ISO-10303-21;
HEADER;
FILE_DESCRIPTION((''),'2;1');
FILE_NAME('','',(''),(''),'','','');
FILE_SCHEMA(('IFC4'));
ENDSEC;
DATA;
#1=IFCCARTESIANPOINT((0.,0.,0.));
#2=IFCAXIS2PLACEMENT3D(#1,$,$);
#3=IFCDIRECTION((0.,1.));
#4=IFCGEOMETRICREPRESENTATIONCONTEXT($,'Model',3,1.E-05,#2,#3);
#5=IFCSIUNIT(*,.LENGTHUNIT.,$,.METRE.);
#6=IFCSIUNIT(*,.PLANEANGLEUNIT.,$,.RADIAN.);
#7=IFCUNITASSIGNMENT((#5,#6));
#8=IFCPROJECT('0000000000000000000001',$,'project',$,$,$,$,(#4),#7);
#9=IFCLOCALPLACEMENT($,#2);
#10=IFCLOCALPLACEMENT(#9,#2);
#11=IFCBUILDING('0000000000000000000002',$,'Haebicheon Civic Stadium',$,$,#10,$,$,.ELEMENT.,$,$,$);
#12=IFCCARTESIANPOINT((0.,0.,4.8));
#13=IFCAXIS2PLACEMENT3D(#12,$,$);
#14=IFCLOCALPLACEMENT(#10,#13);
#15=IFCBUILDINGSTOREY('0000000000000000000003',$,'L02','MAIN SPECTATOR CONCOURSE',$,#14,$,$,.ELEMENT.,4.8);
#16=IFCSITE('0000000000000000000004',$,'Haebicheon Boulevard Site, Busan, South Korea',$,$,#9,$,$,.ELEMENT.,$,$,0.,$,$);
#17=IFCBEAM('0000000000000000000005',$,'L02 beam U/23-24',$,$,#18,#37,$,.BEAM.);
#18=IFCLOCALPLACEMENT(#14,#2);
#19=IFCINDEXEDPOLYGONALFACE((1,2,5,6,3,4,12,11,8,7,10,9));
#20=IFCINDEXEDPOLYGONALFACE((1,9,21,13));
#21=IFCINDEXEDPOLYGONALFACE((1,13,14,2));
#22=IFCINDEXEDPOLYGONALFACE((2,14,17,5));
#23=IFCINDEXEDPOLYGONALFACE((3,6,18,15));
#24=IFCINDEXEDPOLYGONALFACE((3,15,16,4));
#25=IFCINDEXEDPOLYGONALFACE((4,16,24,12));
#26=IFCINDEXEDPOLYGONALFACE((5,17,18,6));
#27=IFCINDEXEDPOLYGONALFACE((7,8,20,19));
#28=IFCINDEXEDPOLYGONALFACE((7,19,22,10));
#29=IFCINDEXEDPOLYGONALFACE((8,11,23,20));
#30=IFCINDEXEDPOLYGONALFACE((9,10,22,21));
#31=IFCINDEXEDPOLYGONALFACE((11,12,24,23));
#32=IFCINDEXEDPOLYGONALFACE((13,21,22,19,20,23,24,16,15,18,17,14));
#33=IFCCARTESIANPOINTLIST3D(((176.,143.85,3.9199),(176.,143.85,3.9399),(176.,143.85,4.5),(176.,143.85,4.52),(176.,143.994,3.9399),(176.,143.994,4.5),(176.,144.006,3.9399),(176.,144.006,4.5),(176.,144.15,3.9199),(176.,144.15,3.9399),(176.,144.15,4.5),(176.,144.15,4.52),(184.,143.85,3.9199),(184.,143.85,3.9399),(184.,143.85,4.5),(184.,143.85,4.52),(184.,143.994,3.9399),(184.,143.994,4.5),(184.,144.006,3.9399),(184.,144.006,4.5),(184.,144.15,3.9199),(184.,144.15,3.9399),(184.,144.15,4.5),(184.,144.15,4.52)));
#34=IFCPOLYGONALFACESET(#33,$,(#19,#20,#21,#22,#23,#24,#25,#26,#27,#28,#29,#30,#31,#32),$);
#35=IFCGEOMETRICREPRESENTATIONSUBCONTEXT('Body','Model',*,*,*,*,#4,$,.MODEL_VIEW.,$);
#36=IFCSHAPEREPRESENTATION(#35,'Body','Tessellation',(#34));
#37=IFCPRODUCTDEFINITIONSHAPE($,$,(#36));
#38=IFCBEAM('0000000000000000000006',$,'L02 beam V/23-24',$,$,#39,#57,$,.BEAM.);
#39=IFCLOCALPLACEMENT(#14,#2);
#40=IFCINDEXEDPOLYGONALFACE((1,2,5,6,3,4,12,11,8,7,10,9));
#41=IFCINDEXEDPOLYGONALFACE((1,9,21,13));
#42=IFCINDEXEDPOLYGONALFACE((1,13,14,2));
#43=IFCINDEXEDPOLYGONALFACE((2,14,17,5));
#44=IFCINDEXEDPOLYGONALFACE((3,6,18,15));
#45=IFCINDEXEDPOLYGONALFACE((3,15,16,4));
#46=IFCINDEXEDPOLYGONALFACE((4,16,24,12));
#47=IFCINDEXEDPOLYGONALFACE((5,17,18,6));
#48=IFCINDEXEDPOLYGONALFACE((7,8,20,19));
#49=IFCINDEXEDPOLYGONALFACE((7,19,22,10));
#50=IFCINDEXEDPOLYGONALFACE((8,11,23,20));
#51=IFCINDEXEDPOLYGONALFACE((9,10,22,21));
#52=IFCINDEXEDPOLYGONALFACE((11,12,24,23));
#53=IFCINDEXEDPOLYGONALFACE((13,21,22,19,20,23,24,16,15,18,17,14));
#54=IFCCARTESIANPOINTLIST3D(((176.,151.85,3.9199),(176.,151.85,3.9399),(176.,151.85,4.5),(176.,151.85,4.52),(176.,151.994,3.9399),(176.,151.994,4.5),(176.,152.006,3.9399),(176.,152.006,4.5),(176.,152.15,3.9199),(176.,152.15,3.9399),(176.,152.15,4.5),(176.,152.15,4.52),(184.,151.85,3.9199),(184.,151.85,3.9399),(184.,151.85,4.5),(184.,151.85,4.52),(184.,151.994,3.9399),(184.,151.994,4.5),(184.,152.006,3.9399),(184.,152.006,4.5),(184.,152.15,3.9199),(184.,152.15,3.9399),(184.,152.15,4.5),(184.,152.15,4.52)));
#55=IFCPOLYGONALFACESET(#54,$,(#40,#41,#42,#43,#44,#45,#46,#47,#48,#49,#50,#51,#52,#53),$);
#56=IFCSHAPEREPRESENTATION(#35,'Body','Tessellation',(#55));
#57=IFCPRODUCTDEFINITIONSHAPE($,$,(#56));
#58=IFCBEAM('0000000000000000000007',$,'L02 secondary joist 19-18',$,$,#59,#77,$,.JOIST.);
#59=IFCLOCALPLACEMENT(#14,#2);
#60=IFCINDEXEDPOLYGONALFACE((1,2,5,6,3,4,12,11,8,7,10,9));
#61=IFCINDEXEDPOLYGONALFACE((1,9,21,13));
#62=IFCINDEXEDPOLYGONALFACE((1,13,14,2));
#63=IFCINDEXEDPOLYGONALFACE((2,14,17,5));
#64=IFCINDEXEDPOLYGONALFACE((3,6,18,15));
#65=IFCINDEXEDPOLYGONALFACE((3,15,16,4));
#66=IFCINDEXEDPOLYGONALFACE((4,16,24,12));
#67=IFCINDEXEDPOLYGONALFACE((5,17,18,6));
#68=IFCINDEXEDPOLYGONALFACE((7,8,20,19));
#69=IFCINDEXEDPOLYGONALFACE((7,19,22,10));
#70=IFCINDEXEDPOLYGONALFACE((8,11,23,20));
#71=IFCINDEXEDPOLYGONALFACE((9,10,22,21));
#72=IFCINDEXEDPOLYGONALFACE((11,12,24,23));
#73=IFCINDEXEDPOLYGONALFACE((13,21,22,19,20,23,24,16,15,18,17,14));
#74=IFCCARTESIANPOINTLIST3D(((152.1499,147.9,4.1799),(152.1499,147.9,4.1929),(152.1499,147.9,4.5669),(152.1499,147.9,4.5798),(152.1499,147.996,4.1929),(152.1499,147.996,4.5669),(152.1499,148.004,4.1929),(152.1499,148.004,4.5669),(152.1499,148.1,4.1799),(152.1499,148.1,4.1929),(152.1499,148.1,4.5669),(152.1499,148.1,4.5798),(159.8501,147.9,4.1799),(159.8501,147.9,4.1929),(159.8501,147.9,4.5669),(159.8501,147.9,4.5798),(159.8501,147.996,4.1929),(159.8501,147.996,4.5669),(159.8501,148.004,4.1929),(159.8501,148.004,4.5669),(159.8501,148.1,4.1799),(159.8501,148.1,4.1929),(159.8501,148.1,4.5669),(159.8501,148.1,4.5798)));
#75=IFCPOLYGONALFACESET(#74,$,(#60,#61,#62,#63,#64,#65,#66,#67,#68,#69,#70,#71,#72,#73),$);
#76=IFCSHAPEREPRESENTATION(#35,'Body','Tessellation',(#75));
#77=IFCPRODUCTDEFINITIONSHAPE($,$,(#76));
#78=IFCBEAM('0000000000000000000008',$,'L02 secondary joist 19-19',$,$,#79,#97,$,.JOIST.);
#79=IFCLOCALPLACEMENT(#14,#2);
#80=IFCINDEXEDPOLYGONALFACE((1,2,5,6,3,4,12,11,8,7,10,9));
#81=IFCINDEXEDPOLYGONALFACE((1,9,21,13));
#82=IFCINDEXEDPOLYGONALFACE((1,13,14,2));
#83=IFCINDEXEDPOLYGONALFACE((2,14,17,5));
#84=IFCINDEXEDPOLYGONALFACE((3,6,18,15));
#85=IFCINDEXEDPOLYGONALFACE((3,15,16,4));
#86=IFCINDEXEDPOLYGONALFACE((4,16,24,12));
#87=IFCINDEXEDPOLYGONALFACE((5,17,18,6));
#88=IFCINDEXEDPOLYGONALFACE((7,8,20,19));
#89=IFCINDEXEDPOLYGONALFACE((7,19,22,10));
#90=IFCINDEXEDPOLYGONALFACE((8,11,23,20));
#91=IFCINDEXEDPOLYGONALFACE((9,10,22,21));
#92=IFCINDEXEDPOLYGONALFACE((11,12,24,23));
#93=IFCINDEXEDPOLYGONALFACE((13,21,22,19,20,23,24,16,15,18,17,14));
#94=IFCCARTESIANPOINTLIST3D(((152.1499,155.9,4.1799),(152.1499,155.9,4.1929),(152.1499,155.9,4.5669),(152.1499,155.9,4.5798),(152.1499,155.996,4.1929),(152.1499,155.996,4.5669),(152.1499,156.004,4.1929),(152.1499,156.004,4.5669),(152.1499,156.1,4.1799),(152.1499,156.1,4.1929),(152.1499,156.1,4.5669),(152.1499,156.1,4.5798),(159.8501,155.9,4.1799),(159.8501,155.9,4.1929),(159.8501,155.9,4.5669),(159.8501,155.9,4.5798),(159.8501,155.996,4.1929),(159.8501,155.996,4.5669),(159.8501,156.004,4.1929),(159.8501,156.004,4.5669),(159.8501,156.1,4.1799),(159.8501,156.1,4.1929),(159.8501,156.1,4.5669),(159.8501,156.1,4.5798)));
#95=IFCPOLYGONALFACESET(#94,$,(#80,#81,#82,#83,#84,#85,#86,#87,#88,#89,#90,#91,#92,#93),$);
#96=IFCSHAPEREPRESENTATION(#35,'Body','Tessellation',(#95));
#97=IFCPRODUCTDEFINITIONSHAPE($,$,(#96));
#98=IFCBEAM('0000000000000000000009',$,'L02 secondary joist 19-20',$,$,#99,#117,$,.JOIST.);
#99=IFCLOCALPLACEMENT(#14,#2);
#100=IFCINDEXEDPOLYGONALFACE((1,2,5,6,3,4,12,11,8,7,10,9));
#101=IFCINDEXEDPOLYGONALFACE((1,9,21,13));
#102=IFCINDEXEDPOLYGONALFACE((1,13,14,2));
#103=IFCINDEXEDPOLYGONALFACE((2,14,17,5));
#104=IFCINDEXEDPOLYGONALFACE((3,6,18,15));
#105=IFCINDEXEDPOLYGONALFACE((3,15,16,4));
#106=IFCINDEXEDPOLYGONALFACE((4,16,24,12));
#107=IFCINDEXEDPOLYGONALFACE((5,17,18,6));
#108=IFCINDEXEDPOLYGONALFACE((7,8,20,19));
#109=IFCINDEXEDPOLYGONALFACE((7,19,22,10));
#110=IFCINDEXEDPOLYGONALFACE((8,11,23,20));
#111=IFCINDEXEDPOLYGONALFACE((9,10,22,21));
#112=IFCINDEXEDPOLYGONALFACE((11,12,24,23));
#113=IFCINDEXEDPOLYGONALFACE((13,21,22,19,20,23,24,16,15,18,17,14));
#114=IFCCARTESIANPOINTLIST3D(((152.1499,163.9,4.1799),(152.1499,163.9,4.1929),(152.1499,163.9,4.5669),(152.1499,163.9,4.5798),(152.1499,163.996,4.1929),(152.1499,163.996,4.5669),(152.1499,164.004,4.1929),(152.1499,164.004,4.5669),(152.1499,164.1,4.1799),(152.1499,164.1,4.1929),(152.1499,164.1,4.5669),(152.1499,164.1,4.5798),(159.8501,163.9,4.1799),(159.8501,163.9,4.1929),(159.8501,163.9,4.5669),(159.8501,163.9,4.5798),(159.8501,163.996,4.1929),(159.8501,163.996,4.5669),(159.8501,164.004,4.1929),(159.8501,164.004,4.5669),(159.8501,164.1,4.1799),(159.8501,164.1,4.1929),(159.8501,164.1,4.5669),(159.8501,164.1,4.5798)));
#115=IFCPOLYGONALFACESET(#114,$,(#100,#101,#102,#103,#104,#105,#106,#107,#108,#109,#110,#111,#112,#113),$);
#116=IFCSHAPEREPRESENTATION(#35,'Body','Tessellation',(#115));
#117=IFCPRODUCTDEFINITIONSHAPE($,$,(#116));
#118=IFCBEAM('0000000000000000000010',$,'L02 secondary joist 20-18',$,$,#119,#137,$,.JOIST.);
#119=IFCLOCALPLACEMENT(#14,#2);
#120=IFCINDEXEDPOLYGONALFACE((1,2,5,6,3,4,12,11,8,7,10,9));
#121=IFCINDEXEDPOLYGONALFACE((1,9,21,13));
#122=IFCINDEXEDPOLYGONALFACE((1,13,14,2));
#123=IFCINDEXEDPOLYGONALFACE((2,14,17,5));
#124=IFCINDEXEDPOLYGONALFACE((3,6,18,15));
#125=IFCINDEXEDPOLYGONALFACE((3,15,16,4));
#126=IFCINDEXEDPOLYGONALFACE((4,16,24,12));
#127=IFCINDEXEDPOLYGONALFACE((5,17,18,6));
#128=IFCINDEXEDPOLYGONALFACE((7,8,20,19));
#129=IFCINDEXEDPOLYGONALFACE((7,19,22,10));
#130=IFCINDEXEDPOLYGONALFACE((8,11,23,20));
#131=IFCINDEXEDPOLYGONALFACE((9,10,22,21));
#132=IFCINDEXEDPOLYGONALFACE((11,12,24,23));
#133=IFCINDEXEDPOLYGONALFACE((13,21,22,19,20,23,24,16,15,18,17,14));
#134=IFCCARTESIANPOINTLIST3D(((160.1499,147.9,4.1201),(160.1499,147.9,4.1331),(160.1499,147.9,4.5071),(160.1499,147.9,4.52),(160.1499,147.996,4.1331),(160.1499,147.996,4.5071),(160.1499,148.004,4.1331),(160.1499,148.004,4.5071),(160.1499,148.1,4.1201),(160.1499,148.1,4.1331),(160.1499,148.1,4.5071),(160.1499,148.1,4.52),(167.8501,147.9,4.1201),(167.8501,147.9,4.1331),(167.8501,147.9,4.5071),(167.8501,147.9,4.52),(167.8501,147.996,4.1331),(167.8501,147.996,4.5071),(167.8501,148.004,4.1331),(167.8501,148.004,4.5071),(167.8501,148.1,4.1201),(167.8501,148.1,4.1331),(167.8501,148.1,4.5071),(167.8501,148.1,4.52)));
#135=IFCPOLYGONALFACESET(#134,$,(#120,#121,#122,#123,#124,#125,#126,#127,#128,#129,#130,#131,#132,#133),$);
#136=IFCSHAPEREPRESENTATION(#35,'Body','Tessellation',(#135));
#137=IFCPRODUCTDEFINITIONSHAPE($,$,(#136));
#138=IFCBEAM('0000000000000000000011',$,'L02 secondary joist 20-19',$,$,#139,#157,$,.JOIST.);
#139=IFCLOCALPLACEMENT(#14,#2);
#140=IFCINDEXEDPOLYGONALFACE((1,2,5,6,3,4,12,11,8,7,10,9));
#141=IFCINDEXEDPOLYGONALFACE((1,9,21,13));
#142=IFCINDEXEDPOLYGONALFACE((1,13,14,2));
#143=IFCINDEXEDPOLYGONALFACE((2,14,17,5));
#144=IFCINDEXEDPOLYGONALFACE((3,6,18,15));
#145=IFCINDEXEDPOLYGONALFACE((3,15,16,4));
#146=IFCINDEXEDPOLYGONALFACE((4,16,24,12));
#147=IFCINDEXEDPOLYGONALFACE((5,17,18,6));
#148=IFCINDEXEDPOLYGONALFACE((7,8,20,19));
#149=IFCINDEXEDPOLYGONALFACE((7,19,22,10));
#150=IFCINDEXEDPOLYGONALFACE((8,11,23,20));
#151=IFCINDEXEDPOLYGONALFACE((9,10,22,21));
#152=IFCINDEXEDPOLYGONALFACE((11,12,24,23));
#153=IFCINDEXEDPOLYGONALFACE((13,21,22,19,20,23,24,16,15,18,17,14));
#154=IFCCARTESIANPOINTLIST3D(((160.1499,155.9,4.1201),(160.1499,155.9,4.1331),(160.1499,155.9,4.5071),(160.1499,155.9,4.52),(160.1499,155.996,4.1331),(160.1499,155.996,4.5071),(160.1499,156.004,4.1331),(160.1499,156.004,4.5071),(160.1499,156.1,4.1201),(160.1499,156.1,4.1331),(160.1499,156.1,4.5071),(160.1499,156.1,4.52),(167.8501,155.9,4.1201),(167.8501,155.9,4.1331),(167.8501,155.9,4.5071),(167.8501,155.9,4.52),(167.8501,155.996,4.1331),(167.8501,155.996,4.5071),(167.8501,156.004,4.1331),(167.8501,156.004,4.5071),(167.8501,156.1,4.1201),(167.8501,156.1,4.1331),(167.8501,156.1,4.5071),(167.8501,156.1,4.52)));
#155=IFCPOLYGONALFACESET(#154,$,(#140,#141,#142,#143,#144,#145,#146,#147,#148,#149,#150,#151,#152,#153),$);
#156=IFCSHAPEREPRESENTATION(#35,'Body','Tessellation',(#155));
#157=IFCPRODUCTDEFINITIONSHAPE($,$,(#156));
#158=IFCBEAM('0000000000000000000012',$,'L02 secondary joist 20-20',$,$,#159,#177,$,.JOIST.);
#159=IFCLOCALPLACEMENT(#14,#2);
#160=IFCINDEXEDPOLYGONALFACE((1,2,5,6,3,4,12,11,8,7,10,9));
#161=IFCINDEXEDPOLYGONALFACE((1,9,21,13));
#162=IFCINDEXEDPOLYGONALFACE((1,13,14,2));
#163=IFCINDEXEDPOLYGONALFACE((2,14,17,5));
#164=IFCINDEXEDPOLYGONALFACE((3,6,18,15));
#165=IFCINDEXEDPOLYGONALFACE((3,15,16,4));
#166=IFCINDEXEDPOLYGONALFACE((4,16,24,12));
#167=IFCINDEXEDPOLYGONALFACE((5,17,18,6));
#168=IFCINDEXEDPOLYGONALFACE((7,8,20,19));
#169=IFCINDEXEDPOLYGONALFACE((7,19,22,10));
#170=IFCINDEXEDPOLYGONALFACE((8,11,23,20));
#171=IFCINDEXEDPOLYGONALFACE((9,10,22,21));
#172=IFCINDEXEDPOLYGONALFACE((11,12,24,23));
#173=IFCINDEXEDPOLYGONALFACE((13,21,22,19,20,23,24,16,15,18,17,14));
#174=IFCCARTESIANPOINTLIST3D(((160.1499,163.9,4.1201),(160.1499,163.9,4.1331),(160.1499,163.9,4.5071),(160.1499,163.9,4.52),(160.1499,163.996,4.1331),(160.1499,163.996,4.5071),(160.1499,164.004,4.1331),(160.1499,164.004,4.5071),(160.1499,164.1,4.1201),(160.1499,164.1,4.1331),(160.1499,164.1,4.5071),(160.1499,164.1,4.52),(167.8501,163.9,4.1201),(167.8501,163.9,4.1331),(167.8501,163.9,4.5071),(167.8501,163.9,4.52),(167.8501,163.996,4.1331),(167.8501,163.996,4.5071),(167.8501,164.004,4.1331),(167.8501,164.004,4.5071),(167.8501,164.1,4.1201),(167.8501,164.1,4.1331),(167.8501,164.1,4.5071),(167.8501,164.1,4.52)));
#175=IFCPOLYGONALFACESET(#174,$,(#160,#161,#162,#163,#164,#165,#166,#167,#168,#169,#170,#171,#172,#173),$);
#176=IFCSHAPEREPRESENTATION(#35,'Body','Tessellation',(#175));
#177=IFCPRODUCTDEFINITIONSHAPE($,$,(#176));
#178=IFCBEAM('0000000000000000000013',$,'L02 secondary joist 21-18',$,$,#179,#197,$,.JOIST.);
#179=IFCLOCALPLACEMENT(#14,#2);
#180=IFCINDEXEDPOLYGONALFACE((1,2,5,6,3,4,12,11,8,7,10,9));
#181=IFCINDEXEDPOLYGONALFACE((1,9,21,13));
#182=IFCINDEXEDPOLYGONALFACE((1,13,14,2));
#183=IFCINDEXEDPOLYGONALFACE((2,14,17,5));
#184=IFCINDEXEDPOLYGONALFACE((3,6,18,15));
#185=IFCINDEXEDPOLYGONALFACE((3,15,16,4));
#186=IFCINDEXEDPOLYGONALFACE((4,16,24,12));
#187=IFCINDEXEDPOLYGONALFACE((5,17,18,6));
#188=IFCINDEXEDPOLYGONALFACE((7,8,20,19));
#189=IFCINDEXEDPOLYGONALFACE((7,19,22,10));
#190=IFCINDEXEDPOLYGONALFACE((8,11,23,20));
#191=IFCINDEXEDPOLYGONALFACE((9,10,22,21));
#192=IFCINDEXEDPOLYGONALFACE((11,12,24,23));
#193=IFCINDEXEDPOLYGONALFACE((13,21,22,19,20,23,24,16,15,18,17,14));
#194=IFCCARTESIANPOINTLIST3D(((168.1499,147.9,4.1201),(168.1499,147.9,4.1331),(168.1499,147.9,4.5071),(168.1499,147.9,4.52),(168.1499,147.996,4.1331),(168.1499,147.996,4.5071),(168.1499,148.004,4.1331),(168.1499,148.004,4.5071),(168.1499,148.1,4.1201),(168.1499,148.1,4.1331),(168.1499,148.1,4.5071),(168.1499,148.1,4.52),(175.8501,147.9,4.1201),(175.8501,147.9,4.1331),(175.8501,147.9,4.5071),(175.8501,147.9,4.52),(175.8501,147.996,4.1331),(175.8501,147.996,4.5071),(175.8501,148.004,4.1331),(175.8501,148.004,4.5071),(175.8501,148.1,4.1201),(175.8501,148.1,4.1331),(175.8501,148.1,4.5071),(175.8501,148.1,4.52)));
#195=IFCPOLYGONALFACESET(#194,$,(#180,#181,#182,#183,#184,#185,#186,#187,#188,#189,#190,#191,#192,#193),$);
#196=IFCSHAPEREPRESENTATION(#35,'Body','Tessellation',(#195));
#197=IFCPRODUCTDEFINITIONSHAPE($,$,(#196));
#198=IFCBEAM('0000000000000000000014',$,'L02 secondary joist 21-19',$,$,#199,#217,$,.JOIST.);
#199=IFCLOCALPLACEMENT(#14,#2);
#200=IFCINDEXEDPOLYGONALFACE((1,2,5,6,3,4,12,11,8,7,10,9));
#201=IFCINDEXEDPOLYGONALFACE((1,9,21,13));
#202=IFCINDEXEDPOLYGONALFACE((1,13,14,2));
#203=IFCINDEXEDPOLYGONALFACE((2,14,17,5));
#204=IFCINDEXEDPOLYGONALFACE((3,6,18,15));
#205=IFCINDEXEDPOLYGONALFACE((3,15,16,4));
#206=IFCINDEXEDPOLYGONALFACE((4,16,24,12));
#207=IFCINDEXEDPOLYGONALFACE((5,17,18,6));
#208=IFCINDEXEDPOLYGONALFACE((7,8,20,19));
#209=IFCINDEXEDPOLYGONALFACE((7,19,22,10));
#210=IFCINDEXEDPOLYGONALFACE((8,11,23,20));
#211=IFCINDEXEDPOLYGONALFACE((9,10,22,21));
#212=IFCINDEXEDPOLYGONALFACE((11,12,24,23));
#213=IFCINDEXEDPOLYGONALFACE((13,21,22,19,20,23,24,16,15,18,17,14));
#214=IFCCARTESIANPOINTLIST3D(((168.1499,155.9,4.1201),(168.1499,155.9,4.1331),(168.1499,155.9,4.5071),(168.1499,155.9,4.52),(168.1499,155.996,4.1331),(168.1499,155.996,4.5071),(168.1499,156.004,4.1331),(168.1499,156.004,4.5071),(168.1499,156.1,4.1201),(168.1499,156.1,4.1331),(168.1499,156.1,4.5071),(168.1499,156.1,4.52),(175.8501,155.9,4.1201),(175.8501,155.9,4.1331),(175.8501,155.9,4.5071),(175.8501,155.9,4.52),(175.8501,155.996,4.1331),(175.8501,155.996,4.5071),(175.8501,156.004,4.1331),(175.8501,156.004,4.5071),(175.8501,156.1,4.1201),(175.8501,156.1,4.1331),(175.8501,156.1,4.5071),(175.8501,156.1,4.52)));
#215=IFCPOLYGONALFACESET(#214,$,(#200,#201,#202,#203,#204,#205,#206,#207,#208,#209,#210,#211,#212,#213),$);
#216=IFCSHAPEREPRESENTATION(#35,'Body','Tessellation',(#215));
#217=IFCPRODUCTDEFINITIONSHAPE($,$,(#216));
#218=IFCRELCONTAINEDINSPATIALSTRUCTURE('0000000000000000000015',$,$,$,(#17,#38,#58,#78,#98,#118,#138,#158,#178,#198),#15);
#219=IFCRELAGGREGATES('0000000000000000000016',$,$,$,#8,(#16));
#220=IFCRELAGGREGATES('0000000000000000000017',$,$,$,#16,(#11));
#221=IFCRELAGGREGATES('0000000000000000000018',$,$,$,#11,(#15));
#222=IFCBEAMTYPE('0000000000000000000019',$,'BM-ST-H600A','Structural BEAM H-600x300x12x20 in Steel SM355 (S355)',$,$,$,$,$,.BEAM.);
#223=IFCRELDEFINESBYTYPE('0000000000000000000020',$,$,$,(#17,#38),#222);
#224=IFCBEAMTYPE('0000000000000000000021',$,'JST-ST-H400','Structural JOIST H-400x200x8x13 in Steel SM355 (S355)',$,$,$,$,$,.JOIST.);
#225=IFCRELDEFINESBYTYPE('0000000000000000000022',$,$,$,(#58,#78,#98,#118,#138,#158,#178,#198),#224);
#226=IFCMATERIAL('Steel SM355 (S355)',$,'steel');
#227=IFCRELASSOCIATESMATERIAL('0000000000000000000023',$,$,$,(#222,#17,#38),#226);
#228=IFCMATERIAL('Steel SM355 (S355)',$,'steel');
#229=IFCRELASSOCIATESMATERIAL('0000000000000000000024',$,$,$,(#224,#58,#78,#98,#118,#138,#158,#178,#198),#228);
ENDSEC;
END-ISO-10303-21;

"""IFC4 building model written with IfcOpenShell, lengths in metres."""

from ifc_helpers import new_model, si_unit, direction, frame, origin, origin_2d, place, context, subcontext, project, spatial, i_section, extrude, material, material_profile, profile_set, type_object, element, save


model = new_model("IFC4")

# Units and contexts
model_context = context("Model", 3, precision=1e-05, world=origin(), true_north=direction((0.0, 1.0)))
body_context = subcontext(model_context, "Body", "Model", "MODEL_VIEW")
ifc_project = project(units=[si_unit("LENGTHUNIT", "METRE"), si_unit("PLANEANGLEUNIT", "RADIAN")], contexts=[model_context])

# Site, building, storey
site_placement = place(None, origin())
site = spatial("IfcSite", under=ifc_project, at=site_placement, Name="Haebicheon Boulevard Site, Busan, South Korea", CompositionType="ELEMENT", RefElevation=0.0)
building_placement = place(site_placement, origin())
building = spatial("IfcBuilding", under=site, at=building_placement, Name="Haebicheon Civic Stadium", CompositionType="ELEMENT")
storey_placement = place(building_placement, frame((0.0, 0.0, 4.8)))
storey = spatial("IfcBuildingStorey", under=building, at=storey_placement, Name="L02", Description="MAIN SPECTATOR CONCOURSE", CompositionType="ELEMENT", Elevation=4.8)

# Beams
ifc_material_1 = material(Name="Steel SM355 (S355)", Category="steel")
ifc_material_profile_1 = material_profile(ifc_material_1, i_section(OverallWidth=0.3, OverallDepth=0.6001, WebThickness=0.012, FlangeThickness=0.02, at=origin_2d()), Name="H-600x300x12x20")
ifc_profile_set_1 = profile_set([ifc_material_profile_1], Name="Steel SM355 (S355)")
beam_type_1 = type_object("IfcBeamType", Name="BM-ST-H600A", Description="Structural BEAM H-600x300x12x20 in Steel SM355 (S355)", PredefinedType="BEAM", material=ifc_profile_set_1)
for number, where, z_axis, x_axis, name in (
    (1, (176.0, 144.0, 4.22), (1.0, 0.0, 0.0), (0.0, 1.0, 0.0), "L02 beam U/23-24"),
    (2, (176.0, 152.0, 4.22), (1.0, 0.0, 0.0), (0.0, 1.0, 0.0), "L02 beam V/23-24"),
):
    element("IfcBeam", number, at=place(storey_placement, frame(where, z_axis=z_axis, x_axis=x_axis)), inside=storey, type_object=beam_type_1, material=ifc_profile_set_1, Name=name, PredefinedType="BEAM", context=body_context, shape_type="SweptSolid", body=[
        extrude(i_section(OverallWidth=0.3, OverallDepth=0.6001, WebThickness=0.012, FlangeThickness=0.02, at=origin_2d()), origin(), (0.0, 0.0, 1.0), 8.0),
    ])
ifc_material_2 = material(Name="Steel SM355 (S355)", Category="steel")
ifc_material_profile_2 = material_profile(ifc_material_2, i_section(OverallWidth=0.2, OverallDepth=0.3999, WebThickness=0.0081, FlangeThickness=0.0129, at=origin_2d()), Name="H-400x200x8x13")
ifc_profile_set_2 = profile_set([ifc_material_profile_2], Name="Steel SM355 (S355)")
beam_type_2 = type_object("IfcBeamType", Name="JST-ST-H400", Description="Structural JOIST H-400x200x8x13 in Steel SM355 (S355)", PredefinedType="JOIST", material=ifc_profile_set_2)
for number, where, z_axis, x_axis, name in (
    (3, (152.1499, 148.0, 4.3799), (1.0, 0.0, 0.0), (0.0, 1.0, 0.0), "L02 secondary joist 19-18"),
    (4, (152.1499, 156.0, 4.3799), (1.0, 0.0, 0.0), (0.0, 1.0, 0.0), "L02 secondary joist 19-19"),
    (5, (152.1499, 164.0, 4.3799), (1.0, 0.0, 0.0), (0.0, 1.0, 0.0), "L02 secondary joist 19-20"),
    (6, (160.1499, 148.0, 4.3201), (1.0, 0.0, 0.0), (0.0, 1.0, 0.0), "L02 secondary joist 20-18"),
    (7, (160.1499, 156.0, 4.3201), (1.0, 0.0, 0.0), (0.0, 1.0, 0.0), "L02 secondary joist 20-19"),
    (8, (160.1499, 164.0, 4.3201), (1.0, 0.0, 0.0), (0.0, 1.0, 0.0), "L02 secondary joist 20-20"),
    (9, (168.1499, 148.0, 4.3201), (1.0, 0.0, 0.0), (0.0, 1.0, 0.0), "L02 secondary joist 21-18"),
    (10, (168.1499, 156.0, 4.3201), (1.0, 0.0, 0.0), (0.0, 1.0, 0.0), "L02 secondary joist 21-19"),
):
    element("IfcBeam", number, at=place(storey_placement, frame(where, z_axis=z_axis, x_axis=x_axis)), inside=storey, type_object=beam_type_2, material=ifc_profile_set_2, Name=name, PredefinedType="JOIST", context=body_context, shape_type="SweptSolid", body=[
        extrude(i_section(OverallWidth=0.2, OverallDepth=0.3999, WebThickness=0.0081, FlangeThickness=0.0129, at=origin_2d()), origin(), (0.0, 0.0, 1.0), 7.7002),
    ])

save(model, "model.ifc")
